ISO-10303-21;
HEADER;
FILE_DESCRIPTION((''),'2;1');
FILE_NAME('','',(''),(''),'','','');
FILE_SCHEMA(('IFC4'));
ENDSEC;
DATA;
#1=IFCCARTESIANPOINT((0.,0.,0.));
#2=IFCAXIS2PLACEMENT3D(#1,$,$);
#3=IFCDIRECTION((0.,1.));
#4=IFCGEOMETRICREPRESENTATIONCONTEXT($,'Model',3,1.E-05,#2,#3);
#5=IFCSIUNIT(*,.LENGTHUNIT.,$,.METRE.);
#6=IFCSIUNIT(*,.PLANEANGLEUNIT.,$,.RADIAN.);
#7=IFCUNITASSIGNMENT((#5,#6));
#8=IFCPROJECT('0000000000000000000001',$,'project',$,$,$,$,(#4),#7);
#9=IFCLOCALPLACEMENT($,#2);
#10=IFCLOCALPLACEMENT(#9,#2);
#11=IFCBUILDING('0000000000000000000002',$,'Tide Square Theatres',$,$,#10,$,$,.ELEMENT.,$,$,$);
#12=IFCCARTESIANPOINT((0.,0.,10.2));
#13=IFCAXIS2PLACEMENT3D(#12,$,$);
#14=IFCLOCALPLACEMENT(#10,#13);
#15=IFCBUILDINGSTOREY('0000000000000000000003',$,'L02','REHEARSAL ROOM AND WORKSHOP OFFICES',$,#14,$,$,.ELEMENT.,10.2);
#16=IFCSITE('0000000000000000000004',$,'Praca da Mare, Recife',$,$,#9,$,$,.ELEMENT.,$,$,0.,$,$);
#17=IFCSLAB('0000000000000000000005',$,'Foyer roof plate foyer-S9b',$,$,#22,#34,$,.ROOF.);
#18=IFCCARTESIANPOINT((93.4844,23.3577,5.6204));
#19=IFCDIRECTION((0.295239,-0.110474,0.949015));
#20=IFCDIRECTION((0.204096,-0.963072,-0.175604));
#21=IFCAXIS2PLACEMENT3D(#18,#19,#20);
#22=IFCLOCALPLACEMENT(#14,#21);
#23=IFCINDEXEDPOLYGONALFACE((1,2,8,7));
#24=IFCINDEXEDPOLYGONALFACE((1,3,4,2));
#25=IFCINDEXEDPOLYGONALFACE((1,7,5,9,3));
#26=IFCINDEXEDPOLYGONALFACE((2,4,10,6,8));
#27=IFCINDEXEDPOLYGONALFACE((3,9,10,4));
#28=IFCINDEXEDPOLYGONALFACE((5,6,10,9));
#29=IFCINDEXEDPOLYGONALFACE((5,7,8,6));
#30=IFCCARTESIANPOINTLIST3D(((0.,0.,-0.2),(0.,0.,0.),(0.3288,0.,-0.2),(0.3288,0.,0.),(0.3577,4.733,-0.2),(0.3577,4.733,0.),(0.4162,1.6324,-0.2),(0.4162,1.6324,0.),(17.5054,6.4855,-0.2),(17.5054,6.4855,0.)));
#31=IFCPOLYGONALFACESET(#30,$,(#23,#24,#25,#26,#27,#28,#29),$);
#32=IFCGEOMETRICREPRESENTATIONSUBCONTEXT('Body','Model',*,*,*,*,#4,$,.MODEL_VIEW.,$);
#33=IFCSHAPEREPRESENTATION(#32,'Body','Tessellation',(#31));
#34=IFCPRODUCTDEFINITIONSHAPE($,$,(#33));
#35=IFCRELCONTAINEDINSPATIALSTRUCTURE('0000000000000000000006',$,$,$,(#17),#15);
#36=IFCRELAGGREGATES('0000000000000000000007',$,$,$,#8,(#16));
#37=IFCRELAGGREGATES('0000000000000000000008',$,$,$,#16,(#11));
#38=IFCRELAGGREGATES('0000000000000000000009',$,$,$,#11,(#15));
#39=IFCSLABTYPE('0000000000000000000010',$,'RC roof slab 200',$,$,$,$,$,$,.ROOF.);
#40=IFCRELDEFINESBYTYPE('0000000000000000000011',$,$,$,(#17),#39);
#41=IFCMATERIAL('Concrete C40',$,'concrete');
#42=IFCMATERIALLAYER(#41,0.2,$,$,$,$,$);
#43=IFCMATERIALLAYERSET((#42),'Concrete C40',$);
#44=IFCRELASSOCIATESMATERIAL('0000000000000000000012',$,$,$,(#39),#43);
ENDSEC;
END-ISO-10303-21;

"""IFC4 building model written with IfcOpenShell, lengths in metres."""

from ifc_helpers import new_model, si_unit, direction, frame, origin, place, context, subcontext, project, spatial, polyline, outline, extrude, material, layer, layer_set, type_object, element, save


model = new_model("IFC4")

# Units and contexts
model_context = context("Model", 3, precision=1e-05, world=origin(), true_north=direction((0.0, 1.0)))
body_context = subcontext(model_context, "Body", "Model", "MODEL_VIEW")
ifc_project = project(units=[si_unit("LENGTHUNIT", "METRE"), si_unit("PLANEANGLEUNIT", "RADIAN")], contexts=[model_context])

# Site, building, storey
site_placement = place(None, origin())
site = spatial("IfcSite", under=ifc_project, at=site_placement, Name="Praca da Mare, Recife", CompositionType="ELEMENT", RefElevation=0.0)
building_placement = place(site_placement, origin())
building = spatial("IfcBuilding", under=site, at=building_placement, Name="Tide Square Theatres", CompositionType="ELEMENT")
storey_placement = place(building_placement, frame((0.0, 0.0, 10.2)))
storey = spatial("IfcBuildingStorey", under=building, at=storey_placement, Name="L02", Description="REHEARSAL ROOM AND WORKSHOP OFFICES", CompositionType="ELEMENT", Elevation=10.2)

# Slab
ifc_material_1 = material(Name="Concrete C40", Category="concrete")
ifc_layer_1 = layer(ifc_material_1, 0.2)
ifc_layer_set_1 = layer_set([ifc_layer_1], Name="Concrete C40")
slab_type = type_object("IfcSlabType", Name="RC roof slab 200", PredefinedType="ROOF", material=ifc_layer_set_1)
slab_placement = place(storey_placement, frame((93.4844, 23.3577, 5.6204), z_axis=(0.295239, -0.110474, 0.949015), x_axis=(0.204096, -0.963072, -0.175604)))
element("IfcSlab", 1, at=slab_placement, inside=storey, type_object=slab_type, Name="Foyer roof plate foyer-S9b", PredefinedType="ROOF", context=body_context, shape_type="SweptSolid", body=[
    extrude(outline(polyline([(0.0, 0.0), (0.3288, 0.0), (17.5054, 6.4855), (0.3577, 4.733), (0.4162, 1.6324), (0.0, 0.0)])), origin(), (0.0, 0.0, -1.0), 0.2),
])

save(model, "model.ifc")
